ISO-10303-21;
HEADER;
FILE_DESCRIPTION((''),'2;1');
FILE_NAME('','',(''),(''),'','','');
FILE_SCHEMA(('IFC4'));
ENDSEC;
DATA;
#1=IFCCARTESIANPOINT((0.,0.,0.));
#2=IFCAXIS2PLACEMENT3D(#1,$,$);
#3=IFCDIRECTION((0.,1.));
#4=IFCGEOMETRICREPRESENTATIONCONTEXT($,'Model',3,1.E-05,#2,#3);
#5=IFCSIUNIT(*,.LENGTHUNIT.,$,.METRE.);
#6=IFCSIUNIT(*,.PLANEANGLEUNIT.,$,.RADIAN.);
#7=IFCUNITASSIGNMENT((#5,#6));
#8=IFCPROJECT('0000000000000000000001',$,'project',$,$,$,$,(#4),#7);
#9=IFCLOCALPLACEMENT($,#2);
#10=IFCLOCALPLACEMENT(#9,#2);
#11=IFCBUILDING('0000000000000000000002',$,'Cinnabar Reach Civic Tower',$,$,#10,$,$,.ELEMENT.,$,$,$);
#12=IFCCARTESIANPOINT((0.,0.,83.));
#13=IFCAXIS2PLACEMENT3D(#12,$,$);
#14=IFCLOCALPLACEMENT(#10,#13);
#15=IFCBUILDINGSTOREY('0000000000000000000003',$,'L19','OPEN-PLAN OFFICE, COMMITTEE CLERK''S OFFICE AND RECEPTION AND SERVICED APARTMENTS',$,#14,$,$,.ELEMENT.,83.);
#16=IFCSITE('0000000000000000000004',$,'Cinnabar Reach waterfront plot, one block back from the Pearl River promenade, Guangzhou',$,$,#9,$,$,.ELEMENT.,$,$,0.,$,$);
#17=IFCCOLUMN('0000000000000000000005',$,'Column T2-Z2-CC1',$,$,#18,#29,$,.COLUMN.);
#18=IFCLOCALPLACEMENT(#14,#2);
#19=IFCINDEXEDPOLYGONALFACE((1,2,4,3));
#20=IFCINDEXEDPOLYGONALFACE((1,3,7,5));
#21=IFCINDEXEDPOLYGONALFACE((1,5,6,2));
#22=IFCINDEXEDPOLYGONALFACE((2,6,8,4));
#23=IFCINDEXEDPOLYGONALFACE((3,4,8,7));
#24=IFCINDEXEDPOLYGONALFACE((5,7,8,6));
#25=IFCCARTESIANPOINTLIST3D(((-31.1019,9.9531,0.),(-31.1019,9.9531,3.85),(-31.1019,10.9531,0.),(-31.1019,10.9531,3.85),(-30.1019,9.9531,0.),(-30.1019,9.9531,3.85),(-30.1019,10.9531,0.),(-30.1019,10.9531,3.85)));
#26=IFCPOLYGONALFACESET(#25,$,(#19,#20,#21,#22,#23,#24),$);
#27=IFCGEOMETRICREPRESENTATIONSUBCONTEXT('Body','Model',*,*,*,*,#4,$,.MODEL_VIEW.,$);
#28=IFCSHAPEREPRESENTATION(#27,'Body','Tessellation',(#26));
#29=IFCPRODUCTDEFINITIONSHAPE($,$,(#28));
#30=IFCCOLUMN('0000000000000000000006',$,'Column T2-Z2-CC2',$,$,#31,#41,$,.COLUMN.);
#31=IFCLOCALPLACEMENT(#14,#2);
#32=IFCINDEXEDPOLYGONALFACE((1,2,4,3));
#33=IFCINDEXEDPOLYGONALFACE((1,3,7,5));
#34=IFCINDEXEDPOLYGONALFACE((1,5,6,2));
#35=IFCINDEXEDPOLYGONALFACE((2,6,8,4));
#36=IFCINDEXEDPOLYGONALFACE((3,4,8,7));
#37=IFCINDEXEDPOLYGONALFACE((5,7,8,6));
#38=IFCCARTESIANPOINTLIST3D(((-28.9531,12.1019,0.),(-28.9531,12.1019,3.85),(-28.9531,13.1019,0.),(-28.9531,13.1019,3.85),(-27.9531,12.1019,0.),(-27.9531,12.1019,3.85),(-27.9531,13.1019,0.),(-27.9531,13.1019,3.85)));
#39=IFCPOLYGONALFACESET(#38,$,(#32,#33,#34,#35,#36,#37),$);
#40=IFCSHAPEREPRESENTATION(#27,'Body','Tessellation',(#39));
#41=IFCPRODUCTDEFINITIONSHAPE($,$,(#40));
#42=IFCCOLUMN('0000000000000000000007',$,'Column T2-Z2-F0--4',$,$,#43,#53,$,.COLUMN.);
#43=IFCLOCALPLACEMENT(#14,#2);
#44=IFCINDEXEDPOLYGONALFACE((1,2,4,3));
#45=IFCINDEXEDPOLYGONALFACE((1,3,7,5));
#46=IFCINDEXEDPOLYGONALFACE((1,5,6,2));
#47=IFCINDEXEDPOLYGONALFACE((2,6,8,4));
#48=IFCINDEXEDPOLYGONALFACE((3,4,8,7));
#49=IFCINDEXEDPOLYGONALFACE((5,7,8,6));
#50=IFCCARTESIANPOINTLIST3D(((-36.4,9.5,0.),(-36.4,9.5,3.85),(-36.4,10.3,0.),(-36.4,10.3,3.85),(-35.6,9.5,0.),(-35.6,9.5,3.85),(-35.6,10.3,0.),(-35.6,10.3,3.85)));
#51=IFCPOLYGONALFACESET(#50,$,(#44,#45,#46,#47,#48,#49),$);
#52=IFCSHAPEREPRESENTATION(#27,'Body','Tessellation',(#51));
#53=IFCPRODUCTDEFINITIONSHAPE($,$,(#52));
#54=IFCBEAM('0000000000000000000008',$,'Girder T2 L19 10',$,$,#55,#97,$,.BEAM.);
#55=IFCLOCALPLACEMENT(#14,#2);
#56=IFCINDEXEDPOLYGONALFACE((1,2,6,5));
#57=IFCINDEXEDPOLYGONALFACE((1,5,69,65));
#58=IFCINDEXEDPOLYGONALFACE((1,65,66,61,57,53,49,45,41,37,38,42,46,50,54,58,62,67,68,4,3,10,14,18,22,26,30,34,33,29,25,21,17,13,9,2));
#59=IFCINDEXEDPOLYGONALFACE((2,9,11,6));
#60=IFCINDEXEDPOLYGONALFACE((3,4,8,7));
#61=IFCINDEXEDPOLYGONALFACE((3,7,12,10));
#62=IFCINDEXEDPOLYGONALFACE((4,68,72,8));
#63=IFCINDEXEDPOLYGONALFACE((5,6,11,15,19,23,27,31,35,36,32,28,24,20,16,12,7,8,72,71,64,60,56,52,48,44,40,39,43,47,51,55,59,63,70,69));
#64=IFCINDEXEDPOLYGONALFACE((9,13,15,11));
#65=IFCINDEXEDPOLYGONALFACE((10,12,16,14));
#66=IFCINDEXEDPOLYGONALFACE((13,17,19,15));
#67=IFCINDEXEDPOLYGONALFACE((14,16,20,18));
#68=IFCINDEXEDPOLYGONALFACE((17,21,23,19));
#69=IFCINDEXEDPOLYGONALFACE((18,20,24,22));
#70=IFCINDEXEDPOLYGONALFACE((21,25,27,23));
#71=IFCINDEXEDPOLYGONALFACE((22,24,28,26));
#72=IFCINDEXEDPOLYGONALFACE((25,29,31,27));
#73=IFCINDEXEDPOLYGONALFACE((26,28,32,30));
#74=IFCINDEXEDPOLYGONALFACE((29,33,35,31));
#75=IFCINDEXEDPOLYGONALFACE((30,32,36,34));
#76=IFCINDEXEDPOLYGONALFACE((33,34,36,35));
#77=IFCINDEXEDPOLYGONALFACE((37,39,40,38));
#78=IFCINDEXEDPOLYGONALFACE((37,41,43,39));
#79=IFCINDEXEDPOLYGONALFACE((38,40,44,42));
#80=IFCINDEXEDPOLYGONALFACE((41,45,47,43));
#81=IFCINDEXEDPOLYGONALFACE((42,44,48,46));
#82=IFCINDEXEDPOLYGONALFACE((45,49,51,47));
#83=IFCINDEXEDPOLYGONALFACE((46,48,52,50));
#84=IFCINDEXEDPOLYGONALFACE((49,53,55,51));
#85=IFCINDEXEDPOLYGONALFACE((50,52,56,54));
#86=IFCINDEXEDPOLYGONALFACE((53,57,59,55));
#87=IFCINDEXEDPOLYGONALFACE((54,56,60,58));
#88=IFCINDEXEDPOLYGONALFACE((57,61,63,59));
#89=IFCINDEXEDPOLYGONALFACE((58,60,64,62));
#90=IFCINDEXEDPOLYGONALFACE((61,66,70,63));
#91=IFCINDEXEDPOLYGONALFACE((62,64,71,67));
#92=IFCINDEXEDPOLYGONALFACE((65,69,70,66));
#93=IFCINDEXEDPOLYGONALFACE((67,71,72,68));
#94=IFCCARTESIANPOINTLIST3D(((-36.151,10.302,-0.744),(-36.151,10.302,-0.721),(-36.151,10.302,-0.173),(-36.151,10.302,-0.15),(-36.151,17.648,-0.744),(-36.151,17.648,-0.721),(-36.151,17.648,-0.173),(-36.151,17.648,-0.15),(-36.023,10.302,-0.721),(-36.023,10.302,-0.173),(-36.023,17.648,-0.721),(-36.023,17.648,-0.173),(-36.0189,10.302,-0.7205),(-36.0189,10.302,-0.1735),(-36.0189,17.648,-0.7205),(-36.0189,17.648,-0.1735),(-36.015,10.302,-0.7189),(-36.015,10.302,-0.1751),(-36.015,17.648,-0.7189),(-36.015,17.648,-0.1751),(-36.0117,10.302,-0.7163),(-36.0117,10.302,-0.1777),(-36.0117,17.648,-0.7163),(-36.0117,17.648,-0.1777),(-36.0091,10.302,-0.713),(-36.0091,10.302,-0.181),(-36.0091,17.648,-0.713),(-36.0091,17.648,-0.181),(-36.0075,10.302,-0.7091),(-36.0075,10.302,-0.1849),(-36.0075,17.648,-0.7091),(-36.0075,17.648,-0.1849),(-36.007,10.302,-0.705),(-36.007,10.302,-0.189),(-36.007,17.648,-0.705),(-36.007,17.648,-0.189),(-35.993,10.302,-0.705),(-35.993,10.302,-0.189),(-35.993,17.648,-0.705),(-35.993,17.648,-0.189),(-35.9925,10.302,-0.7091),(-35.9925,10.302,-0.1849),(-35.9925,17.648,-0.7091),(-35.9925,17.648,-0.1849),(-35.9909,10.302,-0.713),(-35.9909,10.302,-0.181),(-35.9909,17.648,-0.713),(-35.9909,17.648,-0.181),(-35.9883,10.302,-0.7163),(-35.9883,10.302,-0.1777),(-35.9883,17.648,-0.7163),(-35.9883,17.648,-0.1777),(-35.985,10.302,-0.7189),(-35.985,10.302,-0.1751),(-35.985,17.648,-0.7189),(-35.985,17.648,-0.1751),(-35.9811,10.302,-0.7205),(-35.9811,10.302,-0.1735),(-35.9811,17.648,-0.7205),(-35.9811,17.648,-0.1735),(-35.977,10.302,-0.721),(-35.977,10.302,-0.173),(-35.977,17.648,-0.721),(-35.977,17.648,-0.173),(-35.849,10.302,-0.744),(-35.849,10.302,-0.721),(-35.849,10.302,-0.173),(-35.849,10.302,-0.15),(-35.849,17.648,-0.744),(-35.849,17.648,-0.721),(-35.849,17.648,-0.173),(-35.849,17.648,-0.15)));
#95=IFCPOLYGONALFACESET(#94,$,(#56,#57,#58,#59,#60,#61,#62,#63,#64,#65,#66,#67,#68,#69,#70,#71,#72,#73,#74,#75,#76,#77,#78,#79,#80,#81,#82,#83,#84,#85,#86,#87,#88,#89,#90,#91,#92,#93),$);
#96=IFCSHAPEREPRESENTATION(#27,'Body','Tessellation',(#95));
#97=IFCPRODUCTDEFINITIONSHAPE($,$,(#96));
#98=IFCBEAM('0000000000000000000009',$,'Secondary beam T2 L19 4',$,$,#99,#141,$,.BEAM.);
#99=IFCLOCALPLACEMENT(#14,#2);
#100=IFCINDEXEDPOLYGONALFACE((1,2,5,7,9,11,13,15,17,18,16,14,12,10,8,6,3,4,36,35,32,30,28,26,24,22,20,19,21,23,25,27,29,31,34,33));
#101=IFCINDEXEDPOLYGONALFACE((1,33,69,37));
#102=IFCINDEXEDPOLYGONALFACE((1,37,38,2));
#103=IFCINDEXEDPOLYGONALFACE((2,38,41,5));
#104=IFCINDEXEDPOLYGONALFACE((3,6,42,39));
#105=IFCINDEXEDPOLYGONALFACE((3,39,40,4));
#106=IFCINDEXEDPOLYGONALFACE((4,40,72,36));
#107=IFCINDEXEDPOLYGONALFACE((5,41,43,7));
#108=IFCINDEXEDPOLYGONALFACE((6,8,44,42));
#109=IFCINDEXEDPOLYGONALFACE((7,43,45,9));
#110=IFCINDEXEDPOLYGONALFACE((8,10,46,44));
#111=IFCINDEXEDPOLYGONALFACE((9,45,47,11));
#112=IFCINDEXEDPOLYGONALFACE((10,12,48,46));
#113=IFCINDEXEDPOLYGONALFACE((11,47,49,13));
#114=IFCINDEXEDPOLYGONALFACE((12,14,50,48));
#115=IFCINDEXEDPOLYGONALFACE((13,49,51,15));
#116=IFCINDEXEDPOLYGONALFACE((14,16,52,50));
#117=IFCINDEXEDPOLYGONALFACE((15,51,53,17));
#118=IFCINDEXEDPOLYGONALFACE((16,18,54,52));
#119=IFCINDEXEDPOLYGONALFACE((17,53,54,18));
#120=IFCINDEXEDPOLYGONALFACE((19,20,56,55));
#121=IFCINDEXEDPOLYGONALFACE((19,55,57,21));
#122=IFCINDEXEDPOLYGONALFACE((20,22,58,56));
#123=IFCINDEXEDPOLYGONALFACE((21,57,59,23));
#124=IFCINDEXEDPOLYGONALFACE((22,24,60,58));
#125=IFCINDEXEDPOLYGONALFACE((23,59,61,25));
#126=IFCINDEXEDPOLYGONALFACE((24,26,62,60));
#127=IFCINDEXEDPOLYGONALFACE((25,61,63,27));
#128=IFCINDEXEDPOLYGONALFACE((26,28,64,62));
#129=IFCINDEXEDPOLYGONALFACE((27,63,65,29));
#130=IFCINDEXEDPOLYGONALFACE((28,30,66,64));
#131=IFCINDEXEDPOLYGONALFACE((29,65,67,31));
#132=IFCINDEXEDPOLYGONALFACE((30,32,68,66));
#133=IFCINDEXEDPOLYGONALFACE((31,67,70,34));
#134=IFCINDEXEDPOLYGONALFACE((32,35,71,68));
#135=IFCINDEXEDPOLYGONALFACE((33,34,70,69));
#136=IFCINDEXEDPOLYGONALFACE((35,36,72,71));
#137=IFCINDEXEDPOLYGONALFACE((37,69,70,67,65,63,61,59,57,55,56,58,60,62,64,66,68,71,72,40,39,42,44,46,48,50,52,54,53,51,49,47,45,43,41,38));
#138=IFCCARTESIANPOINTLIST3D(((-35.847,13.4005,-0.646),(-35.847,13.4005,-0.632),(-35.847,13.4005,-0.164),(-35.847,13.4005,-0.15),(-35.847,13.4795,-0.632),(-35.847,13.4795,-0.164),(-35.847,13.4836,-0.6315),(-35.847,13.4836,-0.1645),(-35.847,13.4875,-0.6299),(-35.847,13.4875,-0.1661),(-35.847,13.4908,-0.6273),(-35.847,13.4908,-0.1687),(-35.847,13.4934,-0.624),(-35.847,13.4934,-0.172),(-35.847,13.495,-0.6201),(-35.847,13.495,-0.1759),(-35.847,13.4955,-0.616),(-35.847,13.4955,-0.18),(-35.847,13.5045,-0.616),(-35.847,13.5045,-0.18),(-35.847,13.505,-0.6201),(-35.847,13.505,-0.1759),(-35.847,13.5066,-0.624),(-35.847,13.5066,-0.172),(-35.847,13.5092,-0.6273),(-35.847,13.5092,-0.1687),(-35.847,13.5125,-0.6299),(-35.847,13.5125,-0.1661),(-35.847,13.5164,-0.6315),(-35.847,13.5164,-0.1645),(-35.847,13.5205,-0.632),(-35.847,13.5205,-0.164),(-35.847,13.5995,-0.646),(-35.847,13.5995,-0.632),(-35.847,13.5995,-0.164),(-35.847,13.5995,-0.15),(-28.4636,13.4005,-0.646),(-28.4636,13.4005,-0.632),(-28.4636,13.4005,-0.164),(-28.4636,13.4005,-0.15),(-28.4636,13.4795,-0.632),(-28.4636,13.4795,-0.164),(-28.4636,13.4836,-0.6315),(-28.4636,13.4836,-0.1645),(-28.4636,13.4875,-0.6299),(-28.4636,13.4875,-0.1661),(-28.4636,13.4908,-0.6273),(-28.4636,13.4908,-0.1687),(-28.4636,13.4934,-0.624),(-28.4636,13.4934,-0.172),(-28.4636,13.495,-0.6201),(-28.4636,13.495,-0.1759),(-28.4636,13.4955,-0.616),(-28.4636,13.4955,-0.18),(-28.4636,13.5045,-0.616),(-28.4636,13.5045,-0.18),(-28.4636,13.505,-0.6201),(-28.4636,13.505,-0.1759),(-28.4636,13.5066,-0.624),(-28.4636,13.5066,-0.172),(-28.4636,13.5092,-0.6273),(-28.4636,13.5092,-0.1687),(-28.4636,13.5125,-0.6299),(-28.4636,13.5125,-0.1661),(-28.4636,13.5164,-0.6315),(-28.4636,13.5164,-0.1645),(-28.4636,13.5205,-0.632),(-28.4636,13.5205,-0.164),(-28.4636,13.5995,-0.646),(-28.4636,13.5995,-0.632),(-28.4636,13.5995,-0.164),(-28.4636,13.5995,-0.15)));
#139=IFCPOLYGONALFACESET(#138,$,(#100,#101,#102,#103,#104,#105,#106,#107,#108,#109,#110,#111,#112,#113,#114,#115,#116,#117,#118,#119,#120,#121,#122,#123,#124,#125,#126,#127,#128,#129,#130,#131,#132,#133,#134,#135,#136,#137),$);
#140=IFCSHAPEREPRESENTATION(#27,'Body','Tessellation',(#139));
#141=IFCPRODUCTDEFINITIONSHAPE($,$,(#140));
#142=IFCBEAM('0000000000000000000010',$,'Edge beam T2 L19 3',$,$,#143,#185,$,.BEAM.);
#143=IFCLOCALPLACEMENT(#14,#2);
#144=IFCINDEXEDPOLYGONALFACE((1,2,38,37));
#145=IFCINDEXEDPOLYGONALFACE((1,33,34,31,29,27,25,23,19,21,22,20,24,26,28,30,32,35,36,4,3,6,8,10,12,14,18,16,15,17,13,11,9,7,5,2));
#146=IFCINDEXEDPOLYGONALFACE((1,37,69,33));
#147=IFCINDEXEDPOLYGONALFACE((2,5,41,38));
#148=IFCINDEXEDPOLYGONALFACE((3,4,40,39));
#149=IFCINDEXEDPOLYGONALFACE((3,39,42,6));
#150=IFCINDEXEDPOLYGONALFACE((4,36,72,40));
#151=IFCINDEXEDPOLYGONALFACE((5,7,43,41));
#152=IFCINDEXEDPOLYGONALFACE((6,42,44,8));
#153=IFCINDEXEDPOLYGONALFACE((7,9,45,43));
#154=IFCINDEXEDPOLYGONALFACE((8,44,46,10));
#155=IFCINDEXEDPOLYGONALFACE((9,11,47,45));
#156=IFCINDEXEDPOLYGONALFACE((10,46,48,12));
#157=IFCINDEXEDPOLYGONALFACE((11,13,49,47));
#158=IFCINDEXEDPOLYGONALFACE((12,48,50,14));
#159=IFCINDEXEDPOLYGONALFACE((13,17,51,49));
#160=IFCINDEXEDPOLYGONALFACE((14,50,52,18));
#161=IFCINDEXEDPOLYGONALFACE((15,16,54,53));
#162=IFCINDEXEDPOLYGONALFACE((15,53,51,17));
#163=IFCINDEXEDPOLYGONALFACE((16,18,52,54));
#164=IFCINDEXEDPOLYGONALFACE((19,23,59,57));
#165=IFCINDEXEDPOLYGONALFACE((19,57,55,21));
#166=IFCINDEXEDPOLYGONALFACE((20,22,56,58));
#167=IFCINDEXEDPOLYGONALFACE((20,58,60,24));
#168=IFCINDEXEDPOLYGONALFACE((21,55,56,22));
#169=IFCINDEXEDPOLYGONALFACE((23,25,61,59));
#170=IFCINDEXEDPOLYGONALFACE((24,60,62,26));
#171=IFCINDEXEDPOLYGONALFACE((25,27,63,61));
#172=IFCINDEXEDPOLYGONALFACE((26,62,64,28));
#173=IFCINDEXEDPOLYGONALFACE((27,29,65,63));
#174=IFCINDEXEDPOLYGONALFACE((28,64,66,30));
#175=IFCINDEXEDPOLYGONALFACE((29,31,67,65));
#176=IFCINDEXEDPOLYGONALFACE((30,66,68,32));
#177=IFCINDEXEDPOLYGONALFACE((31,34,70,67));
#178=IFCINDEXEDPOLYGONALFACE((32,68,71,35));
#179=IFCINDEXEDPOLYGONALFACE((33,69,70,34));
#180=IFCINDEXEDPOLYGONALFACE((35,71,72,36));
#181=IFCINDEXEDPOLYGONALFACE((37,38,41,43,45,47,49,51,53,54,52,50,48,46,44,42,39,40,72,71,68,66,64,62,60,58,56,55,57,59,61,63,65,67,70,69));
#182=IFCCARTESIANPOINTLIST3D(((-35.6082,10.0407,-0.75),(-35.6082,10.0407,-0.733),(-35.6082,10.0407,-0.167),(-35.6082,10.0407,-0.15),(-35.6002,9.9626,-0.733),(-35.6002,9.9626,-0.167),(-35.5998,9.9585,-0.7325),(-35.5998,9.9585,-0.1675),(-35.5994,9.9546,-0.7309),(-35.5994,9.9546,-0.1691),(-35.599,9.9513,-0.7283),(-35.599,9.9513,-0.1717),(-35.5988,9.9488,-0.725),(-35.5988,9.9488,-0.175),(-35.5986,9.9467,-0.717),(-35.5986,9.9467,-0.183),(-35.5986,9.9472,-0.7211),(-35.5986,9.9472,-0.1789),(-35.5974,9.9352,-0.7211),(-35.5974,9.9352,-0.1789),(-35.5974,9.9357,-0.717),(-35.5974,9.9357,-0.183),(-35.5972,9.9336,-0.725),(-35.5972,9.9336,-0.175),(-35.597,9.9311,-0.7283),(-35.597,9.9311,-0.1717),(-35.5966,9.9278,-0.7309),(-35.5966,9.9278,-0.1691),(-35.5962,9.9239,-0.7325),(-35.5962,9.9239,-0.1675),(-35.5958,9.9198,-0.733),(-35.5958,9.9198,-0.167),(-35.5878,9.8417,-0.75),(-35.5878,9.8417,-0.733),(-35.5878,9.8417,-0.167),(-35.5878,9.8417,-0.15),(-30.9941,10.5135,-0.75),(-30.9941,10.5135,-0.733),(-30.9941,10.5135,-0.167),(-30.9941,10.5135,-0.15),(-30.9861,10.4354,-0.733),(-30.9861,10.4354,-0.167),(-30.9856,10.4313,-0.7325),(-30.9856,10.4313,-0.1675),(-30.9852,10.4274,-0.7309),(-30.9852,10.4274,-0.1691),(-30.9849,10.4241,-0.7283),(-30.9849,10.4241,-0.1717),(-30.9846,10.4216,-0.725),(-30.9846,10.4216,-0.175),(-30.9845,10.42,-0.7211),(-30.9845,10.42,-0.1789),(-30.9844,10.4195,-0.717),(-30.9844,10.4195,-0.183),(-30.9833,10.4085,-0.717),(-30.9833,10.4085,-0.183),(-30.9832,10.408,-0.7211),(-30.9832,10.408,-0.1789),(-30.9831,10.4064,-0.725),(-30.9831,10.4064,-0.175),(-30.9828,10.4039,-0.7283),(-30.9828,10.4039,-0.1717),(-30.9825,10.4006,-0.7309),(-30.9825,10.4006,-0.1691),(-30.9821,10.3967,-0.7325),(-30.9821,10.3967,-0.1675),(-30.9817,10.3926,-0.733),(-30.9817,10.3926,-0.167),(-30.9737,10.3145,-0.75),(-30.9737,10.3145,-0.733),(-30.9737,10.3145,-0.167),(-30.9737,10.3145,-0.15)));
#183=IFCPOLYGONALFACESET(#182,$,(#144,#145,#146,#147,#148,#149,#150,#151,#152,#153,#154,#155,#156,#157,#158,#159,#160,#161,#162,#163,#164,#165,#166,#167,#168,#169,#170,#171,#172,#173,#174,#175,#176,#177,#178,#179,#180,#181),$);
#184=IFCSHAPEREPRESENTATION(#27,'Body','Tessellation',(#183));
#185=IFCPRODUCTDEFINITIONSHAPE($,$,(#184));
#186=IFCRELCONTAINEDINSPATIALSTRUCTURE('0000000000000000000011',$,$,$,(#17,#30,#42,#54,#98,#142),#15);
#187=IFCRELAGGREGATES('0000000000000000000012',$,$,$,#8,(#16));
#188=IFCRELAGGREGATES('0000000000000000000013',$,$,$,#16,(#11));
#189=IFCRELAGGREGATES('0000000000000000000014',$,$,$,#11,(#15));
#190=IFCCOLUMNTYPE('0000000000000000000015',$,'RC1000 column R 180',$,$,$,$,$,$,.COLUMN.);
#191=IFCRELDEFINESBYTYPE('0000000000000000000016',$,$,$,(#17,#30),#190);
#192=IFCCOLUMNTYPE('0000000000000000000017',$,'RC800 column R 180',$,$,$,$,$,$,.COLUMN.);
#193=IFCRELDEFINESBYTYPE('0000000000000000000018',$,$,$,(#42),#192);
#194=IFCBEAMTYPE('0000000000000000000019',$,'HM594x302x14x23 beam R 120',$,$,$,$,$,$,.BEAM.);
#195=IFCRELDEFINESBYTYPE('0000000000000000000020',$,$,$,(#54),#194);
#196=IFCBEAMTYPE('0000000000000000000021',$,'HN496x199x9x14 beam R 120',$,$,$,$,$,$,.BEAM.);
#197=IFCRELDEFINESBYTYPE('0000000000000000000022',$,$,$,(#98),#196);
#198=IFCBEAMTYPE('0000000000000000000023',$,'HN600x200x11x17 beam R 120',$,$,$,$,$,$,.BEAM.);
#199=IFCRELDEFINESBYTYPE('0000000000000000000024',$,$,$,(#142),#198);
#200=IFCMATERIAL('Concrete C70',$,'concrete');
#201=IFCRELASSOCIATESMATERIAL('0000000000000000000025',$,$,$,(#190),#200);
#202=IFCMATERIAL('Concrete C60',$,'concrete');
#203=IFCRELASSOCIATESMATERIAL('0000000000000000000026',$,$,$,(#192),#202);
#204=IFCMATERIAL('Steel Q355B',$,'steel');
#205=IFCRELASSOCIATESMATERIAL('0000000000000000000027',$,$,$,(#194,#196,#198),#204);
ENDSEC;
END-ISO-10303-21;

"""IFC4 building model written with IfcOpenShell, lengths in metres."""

from ifc_helpers import new_model, si_unit, direction, frame, origin, origin_2d, place, context, subcontext, project, spatial, rectangle, i_section, extrude, material, material_profile, profile_set, type_object, element, save


model = new_model("IFC4")

# Units and contexts
model_context = context("Model", 3, precision=1e-05, world=origin(), true_north=direction((0.0, 1.0)))
body_context = subcontext(model_context, "Body", "Model", "MODEL_VIEW")
ifc_project = project(units=[si_unit("LENGTHUNIT", "METRE"), si_unit("PLANEANGLEUNIT", "RADIAN")], contexts=[model_context])

# Site, building, storey
site_placement = place(None, origin())
site = spatial("IfcSite", under=ifc_project, at=site_placement, Name="Cinnabar Reach waterfront plot, one block back from the Pearl River promenade, Guangzhou", CompositionType="ELEMENT", RefElevation=0.0)
building_placement = place(site_placement, origin())
building = spatial("IfcBuilding", under=site, at=building_placement, Name="Cinnabar Reach Civic Tower", CompositionType="ELEMENT")
storey_placement = place(building_placement, frame((0.0, 0.0, 83.0)))
storey = spatial("IfcBuildingStorey", under=building, at=storey_placement, Name="L19", Description="OPEN-PLAN OFFICE, COMMITTEE CLERK'S OFFICE AND RECEPTION AND SERVICED APARTMENTS", CompositionType="ELEMENT", Elevation=83.0)

# Columns
ifc_material_1 = material(Name="Concrete C70", Category="concrete")
ifc_material_profile_1 = material_profile(ifc_material_1, rectangle(XDim=1.0, YDim=1.0, at=origin_2d()), Name="RC1000")
ifc_profile_set_1 = profile_set([ifc_material_profile_1], Name="Concrete C70")
column_type_1 = type_object("IfcColumnType", Name="RC1000 column R 180", PredefinedType="COLUMN", material=ifc_profile_set_1)
for number, where, z_axis, x_axis, name in (
    (1, (-30.6019, 10.4531, 0.0), (0.0, 0.0, 1.0), (1.0, 0.0, 0.0), "Column T2-Z2-CC1"),
    (2, (-28.4531, 12.6019, 0.0), (0.0, 0.0, 1.0), (1.0, 0.0, 0.0), "Column T2-Z2-CC2"),
):
    element("IfcColumn", number, at=place(storey_placement, frame(where, z_axis=z_axis, x_axis=x_axis)), inside=storey, type_object=column_type_1, Name=name, PredefinedType="COLUMN", context=body_context, shape_type="SweptSolid", body=[
        extrude(rectangle(XDim=1.0, YDim=1.0, at=origin_2d()), origin(), (0.0, 0.0, 1.0), 3.85),
    ])
ifc_material_2 = material(Name="Concrete C60", Category="concrete")
ifc_material_profile_2 = material_profile(ifc_material_2, rectangle(XDim=0.8, YDim=0.8, at=origin_2d()), Name="RC800")
ifc_profile_set_2 = profile_set([ifc_material_profile_2], Name="Concrete C60")
column_type_2 = type_object("IfcColumnType", Name="RC800 column R 180", PredefinedType="COLUMN", material=ifc_profile_set_2)
column_placement = place(storey_placement, frame((-36.0, 9.9, 0.0), z_axis=(0.0, 0.0, 1.0), x_axis=(1.0, 0.0, 0.0)))
element("IfcColumn", 3, at=column_placement, inside=storey, type_object=column_type_2, Name="Column T2-Z2-F0--4", PredefinedType="COLUMN", context=body_context, shape_type="SweptSolid", body=[
    extrude(rectangle(XDim=0.8, YDim=0.8, at=origin_2d()), origin(), (0.0, 0.0, 1.0), 3.85),
])

# Beams
ifc_material_3 = material(Name="Steel Q355B", Category="steel")
ifc_material_profile_3 = material_profile(ifc_material_3, i_section(OverallWidth=0.302, OverallDepth=0.594, WebThickness=0.014, FlangeThickness=0.023, FilletRadius=0.016, at=origin_2d()), Name="HM594x302x14x23")
ifc_profile_set_3 = profile_set([ifc_material_profile_3], Name="Steel Q355B")
beam_type_1 = type_object("IfcBeamType", Name="HM594x302x14x23 beam R 120", PredefinedType="BEAM", material=ifc_profile_set_3)
beam_1_placement = place(storey_placement, frame((-36.0, 10.302, -0.447), z_axis=(0.0, 1.0, 0.0), x_axis=(-1.0, 0.0, 0.0)))
element("IfcBeam", 4, at=beam_1_placement, inside=storey, type_object=beam_type_1, Name="Girder T2 L19 10", PredefinedType="BEAM", context=body_context, shape_type="SweptSolid", body=[
    extrude(i_section(OverallWidth=0.302, OverallDepth=0.594, WebThickness=0.014, FlangeThickness=0.023, FilletRadius=0.016, at=origin_2d()), origin(), (0.0, 0.0, 1.0), 7.346),
])
ifc_material_profile_4 = material_profile(ifc_material_3, i_section(OverallWidth=0.199, OverallDepth=0.496, WebThickness=0.009, FlangeThickness=0.014, FilletRadius=0.016, at=origin_2d()), Name="HN496x199x9x14")
ifc_profile_set_4 = profile_set([ifc_material_profile_4], Name="Steel Q355B")
beam_type_2 = type_object("IfcBeamType", Name="HN496x199x9x14 beam R 120", PredefinedType="BEAM", material=ifc_profile_set_4)
beam_2_placement = place(storey_placement, frame((-35.847, 13.5, -0.398), z_axis=(1.0, 0.0, 0.0), x_axis=(0.0, 1.0, 0.0)))
element("IfcBeam", 5, at=beam_2_placement, inside=storey, type_object=beam_type_2, Name="Secondary beam T2 L19 4", PredefinedType="BEAM", context=body_context, shape_type="SweptSolid", body=[
    extrude(i_section(OverallWidth=0.199, OverallDepth=0.496, WebThickness=0.009, FlangeThickness=0.014, FilletRadius=0.016, at=origin_2d()), origin(), (0.0, 0.0, 1.0), 7.3834),
])
ifc_material_profile_5 = material_profile(ifc_material_3, i_section(OverallWidth=0.2, OverallDepth=0.6, WebThickness=0.011, FlangeThickness=0.017, FilletRadius=0.016, at=origin_2d()), Name="HN600x200x11x17")
ifc_profile_set_5 = profile_set([ifc_material_profile_5], Name="Steel Q355B")
beam_type_3 = type_object("IfcBeamType", Name="HN600x200x11x17 beam R 120", PredefinedType="BEAM", material=ifc_profile_set_5)
beam_3_placement = place(storey_placement, frame((-35.598, 9.9412, -0.45), z_axis=(0.994791, 0.101935, 0.0), x_axis=(-0.101935, 0.994791, 0.0)))
element("IfcBeam", 6, at=beam_3_placement, inside=storey, type_object=beam_type_3, Name="Edge beam T2 L19 3", PredefinedType="BEAM", context=body_context, shape_type="SweptSolid", body=[
    extrude(i_section(OverallWidth=0.2, OverallDepth=0.6, WebThickness=0.011, FlangeThickness=0.017, FilletRadius=0.016, at=origin_2d()), origin(), (0.0, 0.0, 1.0), 4.6383),
])

save(model, "model.ifc")
